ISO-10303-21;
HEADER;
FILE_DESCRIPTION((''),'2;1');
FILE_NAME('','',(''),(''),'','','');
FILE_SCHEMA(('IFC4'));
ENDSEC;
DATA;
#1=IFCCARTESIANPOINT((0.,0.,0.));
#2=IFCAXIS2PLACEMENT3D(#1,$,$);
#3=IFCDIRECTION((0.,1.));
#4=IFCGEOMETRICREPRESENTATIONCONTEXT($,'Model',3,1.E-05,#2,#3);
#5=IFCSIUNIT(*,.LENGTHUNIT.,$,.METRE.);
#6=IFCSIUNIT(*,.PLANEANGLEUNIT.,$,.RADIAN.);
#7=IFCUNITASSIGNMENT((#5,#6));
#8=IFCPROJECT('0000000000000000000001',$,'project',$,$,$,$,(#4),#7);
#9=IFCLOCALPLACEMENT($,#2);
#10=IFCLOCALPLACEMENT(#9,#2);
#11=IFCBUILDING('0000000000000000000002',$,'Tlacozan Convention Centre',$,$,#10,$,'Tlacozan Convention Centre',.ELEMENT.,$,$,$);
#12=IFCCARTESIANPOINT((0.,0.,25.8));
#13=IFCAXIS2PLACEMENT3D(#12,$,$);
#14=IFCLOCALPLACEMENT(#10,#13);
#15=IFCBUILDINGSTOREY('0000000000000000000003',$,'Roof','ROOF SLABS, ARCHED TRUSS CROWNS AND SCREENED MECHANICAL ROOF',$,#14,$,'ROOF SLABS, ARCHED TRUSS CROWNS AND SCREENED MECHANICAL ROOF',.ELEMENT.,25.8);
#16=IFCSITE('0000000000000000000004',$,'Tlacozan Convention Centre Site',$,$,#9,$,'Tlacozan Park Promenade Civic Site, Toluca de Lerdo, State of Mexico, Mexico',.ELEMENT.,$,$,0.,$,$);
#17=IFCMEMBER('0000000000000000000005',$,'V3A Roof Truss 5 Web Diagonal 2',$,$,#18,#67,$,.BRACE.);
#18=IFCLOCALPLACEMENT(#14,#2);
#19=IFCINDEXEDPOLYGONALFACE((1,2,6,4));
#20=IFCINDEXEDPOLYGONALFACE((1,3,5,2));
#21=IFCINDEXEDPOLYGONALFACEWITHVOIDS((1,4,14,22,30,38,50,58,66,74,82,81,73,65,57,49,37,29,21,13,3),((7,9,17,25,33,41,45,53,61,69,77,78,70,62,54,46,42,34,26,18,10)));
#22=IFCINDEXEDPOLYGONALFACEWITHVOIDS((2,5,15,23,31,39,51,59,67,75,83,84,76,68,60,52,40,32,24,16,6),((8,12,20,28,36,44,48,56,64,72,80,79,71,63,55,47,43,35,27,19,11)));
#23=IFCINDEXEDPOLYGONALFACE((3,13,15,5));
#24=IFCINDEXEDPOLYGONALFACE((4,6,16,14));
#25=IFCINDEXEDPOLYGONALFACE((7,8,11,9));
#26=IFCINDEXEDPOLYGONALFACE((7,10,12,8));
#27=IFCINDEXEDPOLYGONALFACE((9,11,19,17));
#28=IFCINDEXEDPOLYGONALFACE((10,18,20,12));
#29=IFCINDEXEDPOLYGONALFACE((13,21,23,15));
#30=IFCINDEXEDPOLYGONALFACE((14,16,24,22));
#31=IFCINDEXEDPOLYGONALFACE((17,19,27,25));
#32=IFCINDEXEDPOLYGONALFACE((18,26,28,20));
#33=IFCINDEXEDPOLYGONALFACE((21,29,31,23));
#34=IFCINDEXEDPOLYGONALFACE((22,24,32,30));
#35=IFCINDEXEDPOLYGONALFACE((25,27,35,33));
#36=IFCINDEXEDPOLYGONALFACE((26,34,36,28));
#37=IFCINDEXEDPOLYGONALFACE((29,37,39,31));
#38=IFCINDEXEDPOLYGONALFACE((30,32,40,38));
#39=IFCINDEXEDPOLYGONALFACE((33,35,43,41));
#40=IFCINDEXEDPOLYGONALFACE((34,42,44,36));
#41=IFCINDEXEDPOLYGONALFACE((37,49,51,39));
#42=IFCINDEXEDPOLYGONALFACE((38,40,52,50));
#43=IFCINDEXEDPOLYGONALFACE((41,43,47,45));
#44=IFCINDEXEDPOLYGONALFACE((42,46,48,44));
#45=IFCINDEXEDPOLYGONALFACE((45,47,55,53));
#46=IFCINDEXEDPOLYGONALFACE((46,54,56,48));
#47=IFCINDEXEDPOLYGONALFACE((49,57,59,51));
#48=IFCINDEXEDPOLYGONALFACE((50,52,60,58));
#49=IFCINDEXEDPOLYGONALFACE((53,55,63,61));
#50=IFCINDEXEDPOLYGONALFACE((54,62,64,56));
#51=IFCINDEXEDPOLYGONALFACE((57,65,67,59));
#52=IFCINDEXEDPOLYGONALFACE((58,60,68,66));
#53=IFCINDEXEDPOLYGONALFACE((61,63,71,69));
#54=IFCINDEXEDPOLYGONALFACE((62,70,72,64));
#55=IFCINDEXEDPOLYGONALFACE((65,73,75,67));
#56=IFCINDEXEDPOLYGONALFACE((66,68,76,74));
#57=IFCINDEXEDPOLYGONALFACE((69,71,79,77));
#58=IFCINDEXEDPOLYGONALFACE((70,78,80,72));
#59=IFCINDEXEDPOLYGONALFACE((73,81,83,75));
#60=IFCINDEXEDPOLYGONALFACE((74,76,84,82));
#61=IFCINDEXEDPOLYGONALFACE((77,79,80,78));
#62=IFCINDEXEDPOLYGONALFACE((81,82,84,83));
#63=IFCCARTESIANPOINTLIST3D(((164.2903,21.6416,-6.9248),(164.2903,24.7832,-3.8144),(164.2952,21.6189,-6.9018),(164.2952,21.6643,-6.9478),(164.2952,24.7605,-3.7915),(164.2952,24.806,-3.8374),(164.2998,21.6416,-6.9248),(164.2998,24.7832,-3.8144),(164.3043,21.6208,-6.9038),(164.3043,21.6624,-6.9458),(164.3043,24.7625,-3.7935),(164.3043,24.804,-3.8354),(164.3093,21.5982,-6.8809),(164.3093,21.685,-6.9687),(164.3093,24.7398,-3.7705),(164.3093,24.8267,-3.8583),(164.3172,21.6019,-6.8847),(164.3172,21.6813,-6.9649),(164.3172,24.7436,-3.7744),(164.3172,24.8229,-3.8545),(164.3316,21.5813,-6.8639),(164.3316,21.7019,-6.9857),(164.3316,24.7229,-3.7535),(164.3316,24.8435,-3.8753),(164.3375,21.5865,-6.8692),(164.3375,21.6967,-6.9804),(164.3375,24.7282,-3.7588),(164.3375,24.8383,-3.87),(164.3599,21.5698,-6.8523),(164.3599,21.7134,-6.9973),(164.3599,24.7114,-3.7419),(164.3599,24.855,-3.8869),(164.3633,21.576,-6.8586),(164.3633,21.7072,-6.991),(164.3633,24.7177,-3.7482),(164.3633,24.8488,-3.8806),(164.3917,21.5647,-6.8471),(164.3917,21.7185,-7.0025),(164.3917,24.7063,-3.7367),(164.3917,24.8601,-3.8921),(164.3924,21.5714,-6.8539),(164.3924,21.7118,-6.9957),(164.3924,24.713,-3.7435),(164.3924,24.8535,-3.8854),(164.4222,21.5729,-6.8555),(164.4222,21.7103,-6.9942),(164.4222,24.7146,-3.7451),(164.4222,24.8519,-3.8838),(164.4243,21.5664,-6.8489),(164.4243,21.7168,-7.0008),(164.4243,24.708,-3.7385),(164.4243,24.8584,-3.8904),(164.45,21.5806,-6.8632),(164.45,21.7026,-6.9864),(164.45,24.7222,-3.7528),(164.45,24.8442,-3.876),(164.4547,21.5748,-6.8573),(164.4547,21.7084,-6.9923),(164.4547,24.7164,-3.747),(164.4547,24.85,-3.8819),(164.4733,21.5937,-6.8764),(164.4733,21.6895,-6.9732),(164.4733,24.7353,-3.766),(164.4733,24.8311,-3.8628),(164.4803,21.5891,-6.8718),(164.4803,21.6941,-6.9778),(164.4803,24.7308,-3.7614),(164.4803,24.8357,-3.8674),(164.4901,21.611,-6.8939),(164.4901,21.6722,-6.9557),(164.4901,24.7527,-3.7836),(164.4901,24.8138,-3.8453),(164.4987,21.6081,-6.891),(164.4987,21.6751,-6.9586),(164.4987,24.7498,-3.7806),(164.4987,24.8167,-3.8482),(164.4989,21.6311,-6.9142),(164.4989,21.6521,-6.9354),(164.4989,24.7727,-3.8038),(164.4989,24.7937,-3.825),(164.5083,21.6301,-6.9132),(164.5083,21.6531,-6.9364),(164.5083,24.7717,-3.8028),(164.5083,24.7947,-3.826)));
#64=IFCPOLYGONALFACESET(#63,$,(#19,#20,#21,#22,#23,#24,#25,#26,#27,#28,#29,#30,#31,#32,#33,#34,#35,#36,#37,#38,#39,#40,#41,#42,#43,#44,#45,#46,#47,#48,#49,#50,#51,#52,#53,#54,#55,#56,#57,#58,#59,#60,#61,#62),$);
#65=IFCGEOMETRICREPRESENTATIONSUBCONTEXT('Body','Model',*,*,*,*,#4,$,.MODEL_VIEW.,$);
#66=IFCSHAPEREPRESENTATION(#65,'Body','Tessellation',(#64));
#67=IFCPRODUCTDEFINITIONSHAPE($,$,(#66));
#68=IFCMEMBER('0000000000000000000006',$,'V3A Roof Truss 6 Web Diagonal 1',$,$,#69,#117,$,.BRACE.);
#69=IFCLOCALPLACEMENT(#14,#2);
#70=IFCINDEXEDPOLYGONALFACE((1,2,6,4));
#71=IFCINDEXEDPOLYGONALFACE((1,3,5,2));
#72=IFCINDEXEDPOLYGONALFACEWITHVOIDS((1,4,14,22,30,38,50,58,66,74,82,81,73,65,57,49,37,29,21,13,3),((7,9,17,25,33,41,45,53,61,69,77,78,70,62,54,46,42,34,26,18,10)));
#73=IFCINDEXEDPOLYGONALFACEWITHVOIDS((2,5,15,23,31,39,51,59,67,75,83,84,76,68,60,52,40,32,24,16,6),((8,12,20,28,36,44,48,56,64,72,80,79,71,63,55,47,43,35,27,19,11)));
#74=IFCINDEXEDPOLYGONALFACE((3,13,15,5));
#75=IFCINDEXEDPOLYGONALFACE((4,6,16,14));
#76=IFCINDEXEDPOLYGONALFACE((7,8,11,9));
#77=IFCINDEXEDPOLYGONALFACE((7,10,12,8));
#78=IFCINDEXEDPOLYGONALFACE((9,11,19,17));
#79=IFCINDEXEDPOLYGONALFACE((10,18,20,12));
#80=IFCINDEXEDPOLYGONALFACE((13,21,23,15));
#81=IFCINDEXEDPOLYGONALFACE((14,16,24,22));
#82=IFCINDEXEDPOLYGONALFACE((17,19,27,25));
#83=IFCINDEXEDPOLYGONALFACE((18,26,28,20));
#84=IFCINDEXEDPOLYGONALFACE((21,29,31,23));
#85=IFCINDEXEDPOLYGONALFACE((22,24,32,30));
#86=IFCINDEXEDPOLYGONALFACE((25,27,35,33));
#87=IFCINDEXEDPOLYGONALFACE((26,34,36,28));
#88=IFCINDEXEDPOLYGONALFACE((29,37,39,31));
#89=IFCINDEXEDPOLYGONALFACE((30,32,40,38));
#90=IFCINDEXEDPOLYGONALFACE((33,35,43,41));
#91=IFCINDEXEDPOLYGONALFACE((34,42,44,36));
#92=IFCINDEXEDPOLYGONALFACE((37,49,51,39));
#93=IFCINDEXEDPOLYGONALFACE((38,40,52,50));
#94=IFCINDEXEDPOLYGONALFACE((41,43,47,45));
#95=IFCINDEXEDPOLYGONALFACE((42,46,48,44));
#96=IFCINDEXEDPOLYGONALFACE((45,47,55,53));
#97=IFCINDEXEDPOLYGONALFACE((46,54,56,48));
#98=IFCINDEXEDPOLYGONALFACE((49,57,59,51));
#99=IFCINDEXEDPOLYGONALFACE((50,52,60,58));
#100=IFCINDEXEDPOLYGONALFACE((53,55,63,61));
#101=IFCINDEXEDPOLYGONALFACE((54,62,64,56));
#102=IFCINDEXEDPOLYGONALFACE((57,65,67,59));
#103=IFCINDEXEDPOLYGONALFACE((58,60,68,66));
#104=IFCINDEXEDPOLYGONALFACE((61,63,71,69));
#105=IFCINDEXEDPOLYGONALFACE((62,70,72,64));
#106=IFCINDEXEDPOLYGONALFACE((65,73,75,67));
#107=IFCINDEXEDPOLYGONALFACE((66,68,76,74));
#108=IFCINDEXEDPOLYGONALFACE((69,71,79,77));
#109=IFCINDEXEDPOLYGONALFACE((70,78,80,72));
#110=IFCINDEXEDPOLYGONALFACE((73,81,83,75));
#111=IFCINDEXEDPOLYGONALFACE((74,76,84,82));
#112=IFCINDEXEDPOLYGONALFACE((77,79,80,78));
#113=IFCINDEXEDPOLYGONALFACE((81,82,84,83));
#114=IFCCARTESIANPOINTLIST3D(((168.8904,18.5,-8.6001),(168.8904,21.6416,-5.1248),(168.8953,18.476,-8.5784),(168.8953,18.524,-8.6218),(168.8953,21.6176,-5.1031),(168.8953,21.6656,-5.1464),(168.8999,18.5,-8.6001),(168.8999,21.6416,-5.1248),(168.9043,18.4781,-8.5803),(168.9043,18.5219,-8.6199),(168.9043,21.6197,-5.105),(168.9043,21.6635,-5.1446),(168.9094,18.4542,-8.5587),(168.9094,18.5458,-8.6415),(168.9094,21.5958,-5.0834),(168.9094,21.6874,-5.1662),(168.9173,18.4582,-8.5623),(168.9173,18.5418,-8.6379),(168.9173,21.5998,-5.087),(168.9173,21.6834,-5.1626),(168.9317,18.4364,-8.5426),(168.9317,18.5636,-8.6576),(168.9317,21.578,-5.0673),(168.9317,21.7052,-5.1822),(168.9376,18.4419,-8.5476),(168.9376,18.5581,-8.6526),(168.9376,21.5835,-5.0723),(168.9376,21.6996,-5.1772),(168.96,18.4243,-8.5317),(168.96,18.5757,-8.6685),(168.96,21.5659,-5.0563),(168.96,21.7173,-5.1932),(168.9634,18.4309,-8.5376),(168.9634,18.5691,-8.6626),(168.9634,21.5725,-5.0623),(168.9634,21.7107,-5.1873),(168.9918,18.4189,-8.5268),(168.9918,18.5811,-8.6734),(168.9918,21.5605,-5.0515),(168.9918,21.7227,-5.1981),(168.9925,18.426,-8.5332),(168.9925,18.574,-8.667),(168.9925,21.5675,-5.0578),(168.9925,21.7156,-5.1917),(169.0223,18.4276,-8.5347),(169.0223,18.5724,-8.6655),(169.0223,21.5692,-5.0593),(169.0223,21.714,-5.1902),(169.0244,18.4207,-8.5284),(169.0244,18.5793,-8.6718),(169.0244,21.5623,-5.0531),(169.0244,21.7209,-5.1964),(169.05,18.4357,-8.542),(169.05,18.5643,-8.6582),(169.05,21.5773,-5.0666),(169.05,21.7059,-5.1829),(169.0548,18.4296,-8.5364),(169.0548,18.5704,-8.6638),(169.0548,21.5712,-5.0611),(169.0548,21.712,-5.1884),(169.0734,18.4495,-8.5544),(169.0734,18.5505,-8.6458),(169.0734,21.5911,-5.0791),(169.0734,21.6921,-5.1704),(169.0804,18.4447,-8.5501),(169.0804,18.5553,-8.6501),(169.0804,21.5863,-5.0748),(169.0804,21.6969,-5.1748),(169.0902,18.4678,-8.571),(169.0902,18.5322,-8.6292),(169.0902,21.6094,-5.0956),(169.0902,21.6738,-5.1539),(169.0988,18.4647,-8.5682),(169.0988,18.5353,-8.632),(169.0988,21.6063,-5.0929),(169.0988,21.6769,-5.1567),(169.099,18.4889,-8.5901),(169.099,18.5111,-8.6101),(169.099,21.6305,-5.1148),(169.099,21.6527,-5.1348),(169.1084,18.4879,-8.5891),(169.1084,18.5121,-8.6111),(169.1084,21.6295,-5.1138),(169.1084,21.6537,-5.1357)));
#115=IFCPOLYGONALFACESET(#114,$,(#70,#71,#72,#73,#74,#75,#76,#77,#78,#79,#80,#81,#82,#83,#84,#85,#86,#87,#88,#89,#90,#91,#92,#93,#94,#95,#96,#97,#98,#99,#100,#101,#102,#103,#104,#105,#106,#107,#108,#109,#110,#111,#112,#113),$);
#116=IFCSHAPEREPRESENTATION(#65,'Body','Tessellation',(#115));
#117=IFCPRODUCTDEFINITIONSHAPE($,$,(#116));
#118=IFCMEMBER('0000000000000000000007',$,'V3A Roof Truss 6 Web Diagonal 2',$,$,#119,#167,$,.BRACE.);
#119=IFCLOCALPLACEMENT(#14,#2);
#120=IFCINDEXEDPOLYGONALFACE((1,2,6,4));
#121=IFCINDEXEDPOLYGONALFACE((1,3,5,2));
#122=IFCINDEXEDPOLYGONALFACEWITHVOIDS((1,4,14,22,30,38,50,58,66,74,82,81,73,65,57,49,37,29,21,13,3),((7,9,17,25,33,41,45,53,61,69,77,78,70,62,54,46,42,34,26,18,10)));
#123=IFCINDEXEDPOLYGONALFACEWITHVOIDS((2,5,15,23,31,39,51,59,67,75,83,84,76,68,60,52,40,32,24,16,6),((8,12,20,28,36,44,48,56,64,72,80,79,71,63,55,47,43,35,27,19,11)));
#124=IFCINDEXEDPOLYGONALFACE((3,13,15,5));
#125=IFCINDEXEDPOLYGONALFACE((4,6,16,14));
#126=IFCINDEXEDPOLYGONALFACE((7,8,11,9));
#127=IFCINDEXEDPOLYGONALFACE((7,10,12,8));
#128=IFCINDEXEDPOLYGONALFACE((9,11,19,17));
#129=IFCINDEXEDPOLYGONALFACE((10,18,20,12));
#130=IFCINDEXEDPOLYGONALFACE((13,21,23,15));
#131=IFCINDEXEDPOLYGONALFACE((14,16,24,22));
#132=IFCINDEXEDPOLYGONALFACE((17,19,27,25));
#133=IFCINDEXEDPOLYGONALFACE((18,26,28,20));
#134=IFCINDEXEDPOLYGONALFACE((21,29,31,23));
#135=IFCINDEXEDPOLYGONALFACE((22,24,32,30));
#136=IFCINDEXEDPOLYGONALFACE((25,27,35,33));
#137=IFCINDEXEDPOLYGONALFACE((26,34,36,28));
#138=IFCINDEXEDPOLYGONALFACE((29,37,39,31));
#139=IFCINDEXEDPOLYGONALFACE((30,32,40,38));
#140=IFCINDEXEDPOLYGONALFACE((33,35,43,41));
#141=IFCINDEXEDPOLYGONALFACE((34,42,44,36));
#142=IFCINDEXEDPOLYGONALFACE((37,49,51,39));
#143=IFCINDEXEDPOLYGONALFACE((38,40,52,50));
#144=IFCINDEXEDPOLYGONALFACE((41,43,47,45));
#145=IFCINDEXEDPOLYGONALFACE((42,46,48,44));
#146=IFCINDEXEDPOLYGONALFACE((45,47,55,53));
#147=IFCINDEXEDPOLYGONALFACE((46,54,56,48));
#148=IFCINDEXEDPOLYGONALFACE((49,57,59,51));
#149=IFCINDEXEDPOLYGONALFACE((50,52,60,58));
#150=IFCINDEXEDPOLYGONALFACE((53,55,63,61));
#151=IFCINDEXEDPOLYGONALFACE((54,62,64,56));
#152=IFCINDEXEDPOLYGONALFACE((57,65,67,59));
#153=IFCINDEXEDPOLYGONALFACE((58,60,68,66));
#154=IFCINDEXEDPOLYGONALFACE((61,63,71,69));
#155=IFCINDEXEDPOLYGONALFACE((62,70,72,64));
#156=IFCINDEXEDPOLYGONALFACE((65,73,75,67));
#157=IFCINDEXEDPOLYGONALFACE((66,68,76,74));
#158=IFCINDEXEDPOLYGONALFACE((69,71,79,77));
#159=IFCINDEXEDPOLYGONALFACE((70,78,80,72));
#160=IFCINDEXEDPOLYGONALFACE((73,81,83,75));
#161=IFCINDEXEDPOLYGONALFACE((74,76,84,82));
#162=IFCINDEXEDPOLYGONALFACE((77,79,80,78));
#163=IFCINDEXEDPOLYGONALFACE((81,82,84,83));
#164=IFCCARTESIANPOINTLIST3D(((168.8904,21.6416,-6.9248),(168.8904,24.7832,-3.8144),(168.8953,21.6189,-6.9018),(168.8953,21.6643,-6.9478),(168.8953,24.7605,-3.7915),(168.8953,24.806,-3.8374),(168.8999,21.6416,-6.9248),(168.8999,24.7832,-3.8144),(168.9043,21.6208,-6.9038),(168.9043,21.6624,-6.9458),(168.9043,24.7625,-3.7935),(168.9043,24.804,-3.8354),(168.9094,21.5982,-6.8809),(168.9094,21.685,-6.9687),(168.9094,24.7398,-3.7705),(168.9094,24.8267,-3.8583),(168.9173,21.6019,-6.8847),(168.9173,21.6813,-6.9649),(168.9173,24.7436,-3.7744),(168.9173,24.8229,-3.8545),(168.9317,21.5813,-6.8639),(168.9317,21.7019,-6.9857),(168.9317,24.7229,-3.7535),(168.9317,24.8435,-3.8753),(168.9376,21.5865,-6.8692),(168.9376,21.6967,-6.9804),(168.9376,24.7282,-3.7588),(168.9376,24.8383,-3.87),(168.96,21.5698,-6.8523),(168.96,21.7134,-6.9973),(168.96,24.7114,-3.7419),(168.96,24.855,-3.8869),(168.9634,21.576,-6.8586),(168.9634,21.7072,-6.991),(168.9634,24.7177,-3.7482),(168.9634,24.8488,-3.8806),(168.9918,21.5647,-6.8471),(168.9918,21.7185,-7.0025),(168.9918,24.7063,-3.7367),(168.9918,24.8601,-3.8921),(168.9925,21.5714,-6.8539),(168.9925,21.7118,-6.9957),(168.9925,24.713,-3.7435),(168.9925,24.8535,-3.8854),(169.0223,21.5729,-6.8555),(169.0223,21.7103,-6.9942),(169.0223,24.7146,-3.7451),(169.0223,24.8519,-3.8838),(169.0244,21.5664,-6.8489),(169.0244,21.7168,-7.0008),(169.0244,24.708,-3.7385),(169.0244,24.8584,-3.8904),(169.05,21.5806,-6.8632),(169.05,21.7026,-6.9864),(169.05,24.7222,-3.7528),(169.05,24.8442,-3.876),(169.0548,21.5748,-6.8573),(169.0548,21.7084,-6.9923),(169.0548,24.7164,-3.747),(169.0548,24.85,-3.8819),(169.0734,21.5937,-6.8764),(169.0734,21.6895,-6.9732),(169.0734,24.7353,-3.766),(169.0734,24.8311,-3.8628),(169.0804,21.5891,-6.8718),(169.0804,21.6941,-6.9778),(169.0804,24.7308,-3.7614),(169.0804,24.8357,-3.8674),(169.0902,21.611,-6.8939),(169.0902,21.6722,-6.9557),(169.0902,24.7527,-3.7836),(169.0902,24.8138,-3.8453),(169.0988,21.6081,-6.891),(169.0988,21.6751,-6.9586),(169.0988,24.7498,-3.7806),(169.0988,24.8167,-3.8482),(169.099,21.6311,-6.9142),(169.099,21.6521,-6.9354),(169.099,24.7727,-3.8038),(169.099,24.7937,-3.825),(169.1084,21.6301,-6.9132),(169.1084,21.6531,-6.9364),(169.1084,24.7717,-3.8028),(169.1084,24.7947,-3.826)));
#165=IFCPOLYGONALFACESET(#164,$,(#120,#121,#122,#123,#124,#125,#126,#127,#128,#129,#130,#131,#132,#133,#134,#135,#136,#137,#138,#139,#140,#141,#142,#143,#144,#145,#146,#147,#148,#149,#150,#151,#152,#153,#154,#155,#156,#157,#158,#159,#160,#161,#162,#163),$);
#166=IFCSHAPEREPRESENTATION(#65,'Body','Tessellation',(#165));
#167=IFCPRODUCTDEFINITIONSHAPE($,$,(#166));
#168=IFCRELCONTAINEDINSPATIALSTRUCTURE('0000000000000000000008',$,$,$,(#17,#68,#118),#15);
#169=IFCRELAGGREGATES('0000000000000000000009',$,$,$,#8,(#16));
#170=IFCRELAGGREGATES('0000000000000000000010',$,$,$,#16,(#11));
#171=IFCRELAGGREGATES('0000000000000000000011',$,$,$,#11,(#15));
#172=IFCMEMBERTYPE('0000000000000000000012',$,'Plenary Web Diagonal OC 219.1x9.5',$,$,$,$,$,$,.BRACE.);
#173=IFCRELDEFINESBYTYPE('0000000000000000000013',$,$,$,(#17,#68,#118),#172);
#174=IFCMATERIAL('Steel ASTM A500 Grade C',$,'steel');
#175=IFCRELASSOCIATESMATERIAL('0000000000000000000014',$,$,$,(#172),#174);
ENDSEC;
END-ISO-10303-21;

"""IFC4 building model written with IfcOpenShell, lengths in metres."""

from ifc_helpers import new_model, si_unit, direction, frame, origin, origin_2d, place, context, subcontext, project, spatial, hollow_circle, extrude, material, material_profile, profile_set, type_object, element, save


model = new_model("IFC4")

# Units and contexts
model_context = context("Model", 3, precision=1e-05, world=origin(), true_north=direction((0.0, 1.0)))
body_context = subcontext(model_context, "Body", "Model", "MODEL_VIEW")
ifc_project = project(units=[si_unit("LENGTHUNIT", "METRE"), si_unit("PLANEANGLEUNIT", "RADIAN")], contexts=[model_context])

# Site, building, storey
site_placement = place(None, origin())
site = spatial("IfcSite", under=ifc_project, at=site_placement, Name="Tlacozan Convention Centre Site", LongName="Tlacozan Park Promenade Civic Site, Toluca de Lerdo, State of Mexico, Mexico", CompositionType="ELEMENT", RefElevation=0.0)
building_placement = place(site_placement, origin())
building = spatial("IfcBuilding", under=site, at=building_placement, Name="Tlacozan Convention Centre", LongName="Tlacozan Convention Centre", CompositionType="ELEMENT")
storey_placement = place(building_placement, frame((0.0, 0.0, 25.8)))
storey = spatial("IfcBuildingStorey", under=building, at=storey_placement, Name="Roof", Description="ROOF SLABS, ARCHED TRUSS CROWNS AND SCREENED MECHANICAL ROOF", LongName="ROOF SLABS, ARCHED TRUSS CROWNS AND SCREENED MECHANICAL ROOF", CompositionType="ELEMENT", Elevation=25.8)

# Members
ifc_material_1 = material(Name="Steel ASTM A500 Grade C", Category="steel")
ifc_material_profile_1 = material_profile(ifc_material_1, hollow_circle(Radius=0.1096, WallThickness=0.0095, at=origin_2d()), Name="OC 219.1x9.5")
ifc_profile_set_1 = profile_set([ifc_material_profile_1], Name="Steel ASTM A500 Grade C")
member_type_1 = type_object("IfcMemberType", Name="Plenary Web Diagonal OC 219.1x9.5", PredefinedType="BRACE", material=ifc_profile_set_1)
member_1_placement = place(storey_placement, frame((164.3999, 21.6416, -6.9248), z_axis=(0.0, 0.710632, 0.703564), x_axis=(-1.0, 0.0, 0.0)))
element("IfcMember", 1, at=member_1_placement, inside=storey, type_object=member_type_1, Name="V3A Roof Truss 5 Web Diagonal 2", PredefinedType="BRACE", context=body_context, shape_type="SweptSolid", body=[
    extrude(hollow_circle(Radius=0.1096, WallThickness=0.0095, at=origin_2d()), origin(), (0.0, 0.0, 1.0), 4.4209),
])
member_2_placement = place(storey_placement, frame((169.0, 18.5, -8.6001), z_axis=(0.0, 0.67059, 0.741828), x_axis=(-1.0, 0.0, 0.0)))
element("IfcMember", 2, at=member_2_placement, inside=storey, type_object=member_type_1, Name="V3A Roof Truss 6 Web Diagonal 1", PredefinedType="BRACE", context=body_context, shape_type="SweptSolid", body=[
    extrude(hollow_circle(Radius=0.1096, WallThickness=0.0095, at=origin_2d()), origin(), (0.0, 0.0, 1.0), 4.6848),
])
member_3_placement = place(storey_placement, frame((169.0, 21.6416, -6.9248), z_axis=(0.0, 0.710632, 0.703564), x_axis=(-1.0, 0.0, 0.0)))
element("IfcMember", 3, at=member_3_placement, inside=storey, type_object=member_type_1, Name="V3A Roof Truss 6 Web Diagonal 2", PredefinedType="BRACE", context=body_context, shape_type="SweptSolid", body=[
    extrude(hollow_circle(Radius=0.1096, WallThickness=0.0095, at=origin_2d()), origin(), (0.0, 0.0, 1.0), 4.4209),
])

save(model, "model.ifc")
